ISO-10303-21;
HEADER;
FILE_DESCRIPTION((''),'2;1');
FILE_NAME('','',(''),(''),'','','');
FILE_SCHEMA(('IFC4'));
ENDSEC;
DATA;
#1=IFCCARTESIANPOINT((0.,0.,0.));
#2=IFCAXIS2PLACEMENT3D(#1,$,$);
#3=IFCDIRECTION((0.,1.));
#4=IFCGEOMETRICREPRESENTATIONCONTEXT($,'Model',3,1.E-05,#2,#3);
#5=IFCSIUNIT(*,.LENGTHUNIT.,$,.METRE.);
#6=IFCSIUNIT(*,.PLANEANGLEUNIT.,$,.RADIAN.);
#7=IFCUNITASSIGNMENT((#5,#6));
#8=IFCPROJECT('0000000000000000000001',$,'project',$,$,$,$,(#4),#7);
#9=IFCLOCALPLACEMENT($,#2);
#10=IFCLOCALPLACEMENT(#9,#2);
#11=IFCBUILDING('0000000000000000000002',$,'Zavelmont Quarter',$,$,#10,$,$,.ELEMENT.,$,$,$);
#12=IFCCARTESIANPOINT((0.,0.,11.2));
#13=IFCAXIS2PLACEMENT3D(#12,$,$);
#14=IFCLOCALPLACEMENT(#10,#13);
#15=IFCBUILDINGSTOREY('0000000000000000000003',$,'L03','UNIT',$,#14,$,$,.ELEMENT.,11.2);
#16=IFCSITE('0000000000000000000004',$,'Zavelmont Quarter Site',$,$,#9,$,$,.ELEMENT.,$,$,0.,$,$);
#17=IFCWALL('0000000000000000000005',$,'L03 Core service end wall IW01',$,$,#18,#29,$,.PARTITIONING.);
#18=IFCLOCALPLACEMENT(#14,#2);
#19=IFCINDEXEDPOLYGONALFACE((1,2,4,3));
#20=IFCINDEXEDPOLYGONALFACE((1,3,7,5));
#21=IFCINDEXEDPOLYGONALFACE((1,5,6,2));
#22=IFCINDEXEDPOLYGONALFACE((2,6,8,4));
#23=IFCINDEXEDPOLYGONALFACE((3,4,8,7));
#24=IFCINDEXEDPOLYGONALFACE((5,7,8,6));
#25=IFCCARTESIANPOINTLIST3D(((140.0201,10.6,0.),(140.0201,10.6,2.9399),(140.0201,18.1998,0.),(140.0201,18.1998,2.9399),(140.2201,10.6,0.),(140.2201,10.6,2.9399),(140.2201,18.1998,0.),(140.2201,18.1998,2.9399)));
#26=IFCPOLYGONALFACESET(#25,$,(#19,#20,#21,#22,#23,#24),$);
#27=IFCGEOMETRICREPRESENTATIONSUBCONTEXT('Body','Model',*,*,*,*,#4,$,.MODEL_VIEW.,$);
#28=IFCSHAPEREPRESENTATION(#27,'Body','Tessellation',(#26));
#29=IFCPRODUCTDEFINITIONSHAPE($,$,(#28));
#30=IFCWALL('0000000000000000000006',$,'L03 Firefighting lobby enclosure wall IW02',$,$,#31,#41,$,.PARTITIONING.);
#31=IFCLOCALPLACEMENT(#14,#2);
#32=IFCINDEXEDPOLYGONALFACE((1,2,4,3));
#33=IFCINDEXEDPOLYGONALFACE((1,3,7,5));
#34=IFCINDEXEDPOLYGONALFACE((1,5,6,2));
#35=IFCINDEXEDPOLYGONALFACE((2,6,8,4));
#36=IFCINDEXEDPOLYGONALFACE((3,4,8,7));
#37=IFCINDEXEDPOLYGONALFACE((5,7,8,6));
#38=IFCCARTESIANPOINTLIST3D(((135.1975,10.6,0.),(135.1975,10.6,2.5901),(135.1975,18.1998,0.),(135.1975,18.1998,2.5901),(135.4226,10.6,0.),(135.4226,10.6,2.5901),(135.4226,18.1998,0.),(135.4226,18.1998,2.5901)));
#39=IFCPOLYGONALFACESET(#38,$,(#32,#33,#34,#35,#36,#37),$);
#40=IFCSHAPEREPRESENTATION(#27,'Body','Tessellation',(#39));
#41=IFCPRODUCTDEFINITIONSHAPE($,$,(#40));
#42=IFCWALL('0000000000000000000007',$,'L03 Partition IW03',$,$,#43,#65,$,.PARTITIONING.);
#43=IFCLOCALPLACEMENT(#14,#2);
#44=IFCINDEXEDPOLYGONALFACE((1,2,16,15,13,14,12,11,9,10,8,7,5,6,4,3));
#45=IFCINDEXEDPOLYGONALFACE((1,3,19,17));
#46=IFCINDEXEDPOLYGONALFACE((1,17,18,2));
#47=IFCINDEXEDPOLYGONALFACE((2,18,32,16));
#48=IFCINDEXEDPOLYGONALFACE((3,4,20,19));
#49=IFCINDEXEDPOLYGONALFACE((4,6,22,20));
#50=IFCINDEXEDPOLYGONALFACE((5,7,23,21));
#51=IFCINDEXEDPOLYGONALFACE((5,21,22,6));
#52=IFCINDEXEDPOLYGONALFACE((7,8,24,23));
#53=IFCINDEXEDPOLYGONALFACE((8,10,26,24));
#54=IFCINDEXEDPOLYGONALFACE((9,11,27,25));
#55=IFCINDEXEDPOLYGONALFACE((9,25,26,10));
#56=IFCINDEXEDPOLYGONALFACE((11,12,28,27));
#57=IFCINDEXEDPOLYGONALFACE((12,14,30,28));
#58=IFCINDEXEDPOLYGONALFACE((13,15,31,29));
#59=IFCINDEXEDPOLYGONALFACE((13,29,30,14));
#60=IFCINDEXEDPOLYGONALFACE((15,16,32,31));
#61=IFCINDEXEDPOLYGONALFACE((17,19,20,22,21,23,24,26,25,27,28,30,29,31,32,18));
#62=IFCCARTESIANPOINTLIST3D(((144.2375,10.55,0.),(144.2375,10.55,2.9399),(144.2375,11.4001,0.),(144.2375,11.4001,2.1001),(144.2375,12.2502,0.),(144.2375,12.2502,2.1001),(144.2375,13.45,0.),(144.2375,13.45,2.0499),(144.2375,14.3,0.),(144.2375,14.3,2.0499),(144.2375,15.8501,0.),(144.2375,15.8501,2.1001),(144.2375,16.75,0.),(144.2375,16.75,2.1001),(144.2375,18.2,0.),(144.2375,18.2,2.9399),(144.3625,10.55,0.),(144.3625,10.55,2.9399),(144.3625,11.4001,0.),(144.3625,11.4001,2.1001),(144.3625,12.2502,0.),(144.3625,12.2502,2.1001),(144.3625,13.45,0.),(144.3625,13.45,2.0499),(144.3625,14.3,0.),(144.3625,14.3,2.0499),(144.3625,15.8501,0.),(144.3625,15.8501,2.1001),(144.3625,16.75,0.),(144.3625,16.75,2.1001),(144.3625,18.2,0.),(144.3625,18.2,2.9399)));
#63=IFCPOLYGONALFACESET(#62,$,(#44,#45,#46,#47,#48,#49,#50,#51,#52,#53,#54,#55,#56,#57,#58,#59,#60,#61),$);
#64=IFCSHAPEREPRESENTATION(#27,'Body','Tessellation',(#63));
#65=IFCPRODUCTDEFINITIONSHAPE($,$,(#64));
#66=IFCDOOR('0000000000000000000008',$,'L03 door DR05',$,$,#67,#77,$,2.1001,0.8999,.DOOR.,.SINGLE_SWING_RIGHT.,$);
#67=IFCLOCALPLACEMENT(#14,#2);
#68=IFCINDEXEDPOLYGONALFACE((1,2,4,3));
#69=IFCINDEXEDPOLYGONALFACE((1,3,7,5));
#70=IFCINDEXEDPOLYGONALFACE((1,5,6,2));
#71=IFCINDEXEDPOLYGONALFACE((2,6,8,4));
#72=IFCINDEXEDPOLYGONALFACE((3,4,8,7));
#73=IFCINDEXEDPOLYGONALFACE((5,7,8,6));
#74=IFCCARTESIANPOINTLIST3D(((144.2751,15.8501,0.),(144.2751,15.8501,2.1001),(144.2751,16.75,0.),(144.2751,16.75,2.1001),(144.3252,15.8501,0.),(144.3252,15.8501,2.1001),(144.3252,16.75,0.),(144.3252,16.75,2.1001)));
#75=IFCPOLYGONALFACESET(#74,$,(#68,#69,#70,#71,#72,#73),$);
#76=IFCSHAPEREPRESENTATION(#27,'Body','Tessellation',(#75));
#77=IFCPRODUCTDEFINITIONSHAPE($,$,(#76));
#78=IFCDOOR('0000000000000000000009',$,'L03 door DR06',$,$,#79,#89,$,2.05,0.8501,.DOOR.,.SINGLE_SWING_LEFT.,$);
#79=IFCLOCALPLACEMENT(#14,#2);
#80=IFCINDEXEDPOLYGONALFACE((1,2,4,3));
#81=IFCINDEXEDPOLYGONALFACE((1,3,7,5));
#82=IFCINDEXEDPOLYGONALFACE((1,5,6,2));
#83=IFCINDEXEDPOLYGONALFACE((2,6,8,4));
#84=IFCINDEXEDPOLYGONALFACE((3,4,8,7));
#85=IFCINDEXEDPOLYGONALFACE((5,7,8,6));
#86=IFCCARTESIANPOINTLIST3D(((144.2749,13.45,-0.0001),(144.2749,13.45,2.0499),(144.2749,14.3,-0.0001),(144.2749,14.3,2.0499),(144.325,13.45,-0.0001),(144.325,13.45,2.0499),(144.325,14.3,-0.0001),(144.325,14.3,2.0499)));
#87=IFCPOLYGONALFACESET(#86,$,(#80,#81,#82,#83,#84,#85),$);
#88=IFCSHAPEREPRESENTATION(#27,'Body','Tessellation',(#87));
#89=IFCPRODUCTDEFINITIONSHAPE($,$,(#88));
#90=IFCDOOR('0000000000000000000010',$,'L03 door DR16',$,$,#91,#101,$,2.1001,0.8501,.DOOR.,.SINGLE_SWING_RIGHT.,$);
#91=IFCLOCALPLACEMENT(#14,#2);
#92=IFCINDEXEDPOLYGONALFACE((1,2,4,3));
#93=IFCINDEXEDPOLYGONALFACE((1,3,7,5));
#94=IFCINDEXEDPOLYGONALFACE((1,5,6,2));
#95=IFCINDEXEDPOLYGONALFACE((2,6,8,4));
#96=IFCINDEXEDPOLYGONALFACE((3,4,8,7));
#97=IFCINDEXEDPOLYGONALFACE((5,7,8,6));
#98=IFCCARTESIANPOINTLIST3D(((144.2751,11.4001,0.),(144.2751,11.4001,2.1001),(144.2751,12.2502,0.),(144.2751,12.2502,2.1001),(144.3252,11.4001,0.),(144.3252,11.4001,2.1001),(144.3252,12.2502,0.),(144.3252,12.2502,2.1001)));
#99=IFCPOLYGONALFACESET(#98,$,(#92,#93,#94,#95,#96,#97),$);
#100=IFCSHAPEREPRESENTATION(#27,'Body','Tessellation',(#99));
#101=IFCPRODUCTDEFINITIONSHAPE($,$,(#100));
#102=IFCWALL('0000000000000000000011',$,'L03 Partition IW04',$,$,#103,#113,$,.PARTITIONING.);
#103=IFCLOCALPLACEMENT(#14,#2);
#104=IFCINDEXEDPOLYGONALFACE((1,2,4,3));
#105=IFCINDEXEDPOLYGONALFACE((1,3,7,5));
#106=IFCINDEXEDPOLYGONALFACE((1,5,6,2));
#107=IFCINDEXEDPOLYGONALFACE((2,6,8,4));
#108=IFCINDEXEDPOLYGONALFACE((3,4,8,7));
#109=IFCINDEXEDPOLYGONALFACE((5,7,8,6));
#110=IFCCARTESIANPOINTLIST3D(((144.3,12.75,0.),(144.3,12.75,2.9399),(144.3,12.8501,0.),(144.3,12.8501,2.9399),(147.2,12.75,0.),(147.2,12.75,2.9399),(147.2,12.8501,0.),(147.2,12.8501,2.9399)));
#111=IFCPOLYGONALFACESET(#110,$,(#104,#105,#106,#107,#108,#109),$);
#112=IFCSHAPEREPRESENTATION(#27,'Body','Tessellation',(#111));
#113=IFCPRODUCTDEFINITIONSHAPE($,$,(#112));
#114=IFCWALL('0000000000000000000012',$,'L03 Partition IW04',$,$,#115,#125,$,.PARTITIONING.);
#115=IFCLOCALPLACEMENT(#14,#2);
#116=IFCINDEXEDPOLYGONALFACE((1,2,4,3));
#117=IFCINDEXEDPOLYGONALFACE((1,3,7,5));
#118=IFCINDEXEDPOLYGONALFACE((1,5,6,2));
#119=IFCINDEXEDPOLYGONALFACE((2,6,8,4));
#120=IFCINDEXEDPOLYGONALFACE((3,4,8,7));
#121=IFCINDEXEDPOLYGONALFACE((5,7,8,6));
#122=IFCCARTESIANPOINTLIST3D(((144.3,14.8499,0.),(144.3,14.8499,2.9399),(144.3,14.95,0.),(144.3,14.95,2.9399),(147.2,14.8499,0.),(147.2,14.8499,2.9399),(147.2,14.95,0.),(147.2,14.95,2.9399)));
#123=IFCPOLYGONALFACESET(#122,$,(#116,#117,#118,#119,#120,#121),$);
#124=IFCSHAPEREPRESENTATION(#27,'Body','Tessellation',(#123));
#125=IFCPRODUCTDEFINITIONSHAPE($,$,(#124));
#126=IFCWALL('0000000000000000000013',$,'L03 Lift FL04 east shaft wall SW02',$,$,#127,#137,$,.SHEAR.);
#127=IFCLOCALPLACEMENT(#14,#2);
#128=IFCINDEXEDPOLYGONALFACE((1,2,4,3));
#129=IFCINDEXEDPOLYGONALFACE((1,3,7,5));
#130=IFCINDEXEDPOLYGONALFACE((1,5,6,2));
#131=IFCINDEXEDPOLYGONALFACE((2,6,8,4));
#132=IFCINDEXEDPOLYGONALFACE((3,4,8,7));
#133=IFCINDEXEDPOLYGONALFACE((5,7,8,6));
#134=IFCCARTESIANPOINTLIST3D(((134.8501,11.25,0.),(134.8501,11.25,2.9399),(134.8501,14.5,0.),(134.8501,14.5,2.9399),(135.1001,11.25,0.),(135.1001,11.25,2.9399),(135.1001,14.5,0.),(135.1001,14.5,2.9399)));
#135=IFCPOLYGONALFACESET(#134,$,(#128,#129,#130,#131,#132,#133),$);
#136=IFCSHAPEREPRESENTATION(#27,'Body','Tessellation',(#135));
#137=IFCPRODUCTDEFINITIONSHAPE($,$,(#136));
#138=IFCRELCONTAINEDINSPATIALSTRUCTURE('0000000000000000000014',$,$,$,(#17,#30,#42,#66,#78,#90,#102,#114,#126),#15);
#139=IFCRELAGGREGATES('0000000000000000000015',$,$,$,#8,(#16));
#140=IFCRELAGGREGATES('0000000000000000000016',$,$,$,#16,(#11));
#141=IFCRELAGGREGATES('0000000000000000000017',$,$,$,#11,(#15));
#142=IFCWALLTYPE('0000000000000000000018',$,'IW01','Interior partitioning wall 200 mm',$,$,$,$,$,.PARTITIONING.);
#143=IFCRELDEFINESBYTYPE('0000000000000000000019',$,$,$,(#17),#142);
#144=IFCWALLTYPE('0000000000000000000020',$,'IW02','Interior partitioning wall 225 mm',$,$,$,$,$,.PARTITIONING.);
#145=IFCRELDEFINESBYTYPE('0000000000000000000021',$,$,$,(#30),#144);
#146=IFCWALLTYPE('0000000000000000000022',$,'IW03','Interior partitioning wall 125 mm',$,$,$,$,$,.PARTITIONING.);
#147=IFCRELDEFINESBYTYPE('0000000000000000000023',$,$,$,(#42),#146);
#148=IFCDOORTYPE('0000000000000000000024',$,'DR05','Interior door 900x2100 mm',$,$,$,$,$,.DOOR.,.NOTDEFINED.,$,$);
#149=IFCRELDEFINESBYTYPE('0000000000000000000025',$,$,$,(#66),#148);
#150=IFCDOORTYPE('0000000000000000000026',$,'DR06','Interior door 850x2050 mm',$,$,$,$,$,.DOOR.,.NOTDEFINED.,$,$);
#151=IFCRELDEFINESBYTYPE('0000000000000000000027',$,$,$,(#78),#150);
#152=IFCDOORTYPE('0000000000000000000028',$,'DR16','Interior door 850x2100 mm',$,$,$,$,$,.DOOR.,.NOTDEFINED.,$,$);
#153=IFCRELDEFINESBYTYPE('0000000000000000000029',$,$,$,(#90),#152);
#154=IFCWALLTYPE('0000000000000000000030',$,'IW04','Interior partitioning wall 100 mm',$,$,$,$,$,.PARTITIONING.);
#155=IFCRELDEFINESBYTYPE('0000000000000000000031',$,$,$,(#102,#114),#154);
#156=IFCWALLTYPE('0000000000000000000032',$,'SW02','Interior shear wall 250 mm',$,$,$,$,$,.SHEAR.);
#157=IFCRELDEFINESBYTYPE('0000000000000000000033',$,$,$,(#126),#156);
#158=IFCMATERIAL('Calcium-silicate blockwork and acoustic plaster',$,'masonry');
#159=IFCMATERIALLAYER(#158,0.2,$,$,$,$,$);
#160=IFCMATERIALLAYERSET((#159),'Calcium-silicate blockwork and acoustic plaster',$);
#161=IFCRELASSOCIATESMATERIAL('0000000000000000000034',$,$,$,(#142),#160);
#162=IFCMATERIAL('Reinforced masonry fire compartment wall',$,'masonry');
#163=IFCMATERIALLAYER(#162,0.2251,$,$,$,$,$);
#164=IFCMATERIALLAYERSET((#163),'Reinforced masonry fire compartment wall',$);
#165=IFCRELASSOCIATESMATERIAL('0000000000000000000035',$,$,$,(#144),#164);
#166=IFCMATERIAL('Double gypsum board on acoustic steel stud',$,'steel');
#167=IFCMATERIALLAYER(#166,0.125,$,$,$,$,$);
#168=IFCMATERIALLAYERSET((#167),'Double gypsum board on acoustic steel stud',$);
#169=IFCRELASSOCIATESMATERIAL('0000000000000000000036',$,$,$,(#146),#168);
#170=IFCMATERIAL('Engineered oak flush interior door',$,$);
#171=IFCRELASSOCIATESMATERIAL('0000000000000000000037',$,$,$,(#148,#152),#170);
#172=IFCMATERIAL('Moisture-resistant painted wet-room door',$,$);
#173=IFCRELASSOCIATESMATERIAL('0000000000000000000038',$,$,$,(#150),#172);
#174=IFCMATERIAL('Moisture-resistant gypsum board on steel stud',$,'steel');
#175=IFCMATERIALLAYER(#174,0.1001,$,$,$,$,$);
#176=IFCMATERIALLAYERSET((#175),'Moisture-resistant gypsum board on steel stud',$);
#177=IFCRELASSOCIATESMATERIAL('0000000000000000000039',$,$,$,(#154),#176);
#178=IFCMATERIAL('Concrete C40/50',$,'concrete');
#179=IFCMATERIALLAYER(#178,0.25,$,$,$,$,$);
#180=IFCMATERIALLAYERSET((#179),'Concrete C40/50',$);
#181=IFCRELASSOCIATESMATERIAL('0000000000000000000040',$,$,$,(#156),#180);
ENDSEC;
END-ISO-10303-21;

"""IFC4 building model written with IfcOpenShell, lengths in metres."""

from ifc_helpers import new_model, si_unit, direction, frame, frame_2d, origin, origin_with_axes, place, context, subcontext, project, spatial, rectangle, extrude, material, layer, layer_set, type_object, element, fill, save


model = new_model("IFC4")

# Units and contexts
model_context = context("Model", 3, precision=1e-05, world=origin(), true_north=direction((0.0, 1.0)))
body_context = subcontext(model_context, "Body", "Model", "MODEL_VIEW")
ifc_project = project(units=[si_unit("LENGTHUNIT", "METRE"), si_unit("PLANEANGLEUNIT", "RADIAN")], contexts=[model_context])

# Site, building, storey
site_placement = place(None, origin())
site = spatial("IfcSite", under=ifc_project, at=site_placement, Name="Zavelmont Quarter Site", CompositionType="ELEMENT", RefElevation=0.0)
building_placement = place(site_placement, origin())
building = spatial("IfcBuilding", under=site, at=building_placement, Name="Zavelmont Quarter", CompositionType="ELEMENT")
storey_placement = place(building_placement, frame((0.0, 0.0, 11.2)))
storey = spatial("IfcBuildingStorey", under=building, at=storey_placement, Name="L03", Description="UNIT", CompositionType="ELEMENT", Elevation=11.2)

# Shared definitions
ifc_material_1 = material(Name="Concrete C40/50", Category="concrete")

# Walls
ifc_material_2 = material(Name="Calcium-silicate blockwork and acoustic plaster", Category="masonry")
ifc_layer_1 = layer(ifc_material_2, 0.2)
ifc_layer_set_1 = layer_set([ifc_layer_1], Name="Calcium-silicate blockwork and acoustic plaster")
wall_type_1 = type_object("IfcWallType", Name="IW01", Description="Interior partitioning wall 200 mm", PredefinedType="PARTITIONING", material=ifc_layer_set_1)
for number, where, z_axis, x_axis, name in (
    (1, (140.1201, 10.6001, 0.0), (0.0, 0.0, 1.0), (0.0, 1.0, 0.0), "L03 Core service end wall IW01"),
):
    element("IfcWall", number, at=place(storey_placement, frame(where, z_axis=z_axis, x_axis=x_axis)), inside=storey, type_object=wall_type_1, Name=name, PredefinedType="PARTITIONING", context=body_context, shape_type="SweptSolid", body=[
        extrude(rectangle(XDim=7.5999, YDim=0.2, at=frame_2d((3.7998, 0.0))), origin(), (0.0, 0.0, 1.0), 2.9399),
    ])
ifc_material_3 = material(Name="Reinforced masonry fire compartment wall", Category="masonry")
ifc_layer_2 = layer(ifc_material_3, 0.2251)
ifc_layer_set_2 = layer_set([ifc_layer_2], Name="Reinforced masonry fire compartment wall")
wall_type_2 = type_object("IfcWallType", Name="IW02", Description="Interior partitioning wall 225 mm", PredefinedType="PARTITIONING", material=ifc_layer_set_2)
wall_1_placement = place(storey_placement, frame((135.3101, 10.6001, 0.0), z_axis=(0.0, 0.0, 1.0), x_axis=(0.0, 1.0, 0.0)))
element("IfcWall", 2, at=wall_1_placement, inside=storey, type_object=wall_type_2, Name="L03 Firefighting lobby enclosure wall IW02", PredefinedType="PARTITIONING", context=body_context, shape_type="SweptSolid", body=[
    extrude(rectangle(XDim=7.5999, YDim=0.2251, at=frame_2d((3.7998, 0.0))), origin(), (0.0, 0.0, 1.0), 2.5901),
])

# Wall, openings, doors
ifc_material_4 = material(Name="Double gypsum board on acoustic steel stud", Category="steel")
ifc_layer_3 = layer(ifc_material_4, 0.125)
ifc_layer_set_3 = layer_set([ifc_layer_3], Name="Double gypsum board on acoustic steel stud")
wall_type_3 = type_object("IfcWallType", Name="IW03", Description="Interior partitioning wall 125 mm", PredefinedType="PARTITIONING", material=ifc_layer_set_3)
wall_2_placement = place(storey_placement, frame((144.3, 10.55, 0.0), z_axis=(0.0, 0.0, 1.0), x_axis=(0.0, 1.0, 0.0)))
wall_2 = element("IfcWall", 3, at=wall_2_placement, inside=storey, type_object=wall_type_3, Name="L03 Partition IW03", PredefinedType="PARTITIONING", context=body_context, shape_type="SweptSolid", body=[
    extrude(rectangle(XDim=7.6499, YDim=0.125, at=frame_2d((3.825, 0.0))), origin(), (0.0, 0.0, 1.0), 2.9399),
])
opening_1_placement = place(wall_2_placement, frame((0.8501, 0.0, 0.0)))
opening_1 = element("IfcOpeningElement", 4, at=opening_1_placement, cuts=wall_2, PredefinedType="OPENING", context=body_context, shape_type="SweptSolid", body=[
    extrude(rectangle(XDim=0.8501, YDim=2.1001, at=frame_2d((0.425, 1.05))), frame((0.0, 0.0745, 0.0), z_axis=(0.0, -1.0, 0.0), x_axis=(1.0, 0.0, 0.0)), (0.0, 0.0, 1.0), 0.1489),
])
opening_2_placement = place(wall_2_placement, frame((2.8999, 0.0, 0.0)))
opening_2 = element("IfcOpeningElement", 5, at=opening_2_placement, cuts=wall_2, PredefinedType="OPENING", context=body_context, shape_type="SweptSolid", body=[
    extrude(rectangle(XDim=0.8501, YDim=2.05, at=frame_2d((0.425, 1.0249))), frame((0.0, 0.0745, 0.0), z_axis=(0.0, -1.0, 0.0), x_axis=(1.0, 0.0, 0.0)), (0.0, 0.0, 1.0), 0.1489),
])
opening_3_placement = place(wall_2_placement, frame((5.3, 0.0, 0.0)))
opening_3 = element("IfcOpeningElement", 6, at=opening_3_placement, cuts=wall_2, PredefinedType="OPENING", context=body_context, shape_type="SweptSolid", body=[
    extrude(rectangle(XDim=0.8999, YDim=2.1001, at=frame_2d((0.45, 1.05))), frame((0.0, 0.0745, 0.0), z_axis=(0.0, -1.0, 0.0), x_axis=(1.0, 0.0, 0.0)), (0.0, 0.0, 1.0), 0.1489),
])
ifc_material_5 = material(Name="Engineered oak flush interior door")
door_type_1 = type_object("IfcDoorType", Name="DR05", Description="Interior door 900x2100 mm", OperationType="NOTDEFINED", PredefinedType="DOOR", material=ifc_material_5)
door_1_placement = place(opening_3_placement, origin_with_axes())
door_1 = element("IfcDoor", 7, at=door_1_placement, inside=storey, type_object=door_type_1, Name="L03 door DR05", OperationType="SINGLE_SWING_RIGHT", OverallHeight=2.1001, OverallWidth=0.8999, PredefinedType="DOOR", context=body_context, shape_type="SweptSolid", body=[
    extrude(rectangle(XDim=0.8999, YDim=2.1001, at=frame_2d((0.45, 1.05))), frame((0.0, 0.0249, 0.0), z_axis=(0.0, -1.0, 0.0), x_axis=(1.0, 0.0, 0.0)), (0.0, 0.0, 1.0), 0.05),
])
fill(opening_3, door_1)
ifc_material_6 = material(Name="Moisture-resistant painted wet-room door")
door_type_2 = type_object("IfcDoorType", Name="DR06", Description="Interior door 850x2050 mm", OperationType="NOTDEFINED", PredefinedType="DOOR", material=ifc_material_6)
door_2_placement = place(opening_2_placement, frame((0.8501, 0.0, 0.0), z_axis=(0.0, 0.0, 1.0), x_axis=(-1.0, 0.0, 0.0)))
door_2 = element("IfcDoor", 8, at=door_2_placement, inside=storey, type_object=door_type_2, Name="L03 door DR06", OperationType="SINGLE_SWING_LEFT", OverallHeight=2.05, OverallWidth=0.8501, PredefinedType="DOOR", context=body_context, shape_type="SweptSolid", body=[
    extrude(rectangle(XDim=0.8501, YDim=2.05, at=frame_2d((0.425, 1.0249))), frame((0.0, 0.0249, 0.0), z_axis=(0.0, -1.0, 0.0), x_axis=(1.0, 0.0, 0.0)), (0.0, 0.0, 1.0), 0.05),
])
fill(opening_2, door_2)
door_type_3 = type_object("IfcDoorType", Name="DR16", Description="Interior door 850x2100 mm", OperationType="NOTDEFINED", PredefinedType="DOOR", material=ifc_material_5)
door_3_placement = place(opening_1_placement, origin_with_axes())
door_3 = element("IfcDoor", 9, at=door_3_placement, inside=storey, type_object=door_type_3, Name="L03 door DR16", OperationType="SINGLE_SWING_RIGHT", OverallHeight=2.1001, OverallWidth=0.8501, PredefinedType="DOOR", context=body_context, shape_type="SweptSolid", body=[
    extrude(rectangle(XDim=0.8501, YDim=2.1001, at=frame_2d((0.425, 1.05))), frame((0.0, 0.0249, 0.0), z_axis=(0.0, -1.0, 0.0), x_axis=(1.0, 0.0, 0.0)), (0.0, 0.0, 1.0), 0.05),
])
fill(opening_1, door_3)

# Walls
ifc_material_7 = material(Name="Moisture-resistant gypsum board on steel stud", Category="steel")
ifc_layer_4 = layer(ifc_material_7, 0.1001)
ifc_layer_set_4 = layer_set([ifc_layer_4], Name="Moisture-resistant gypsum board on steel stud")
wall_type_4 = type_object("IfcWallType", Name="IW04", Description="Interior partitioning wall 100 mm", PredefinedType="PARTITIONING", material=ifc_layer_set_4)
for number, where, z_axis, x_axis, name in (
    (10, (144.3, 12.8, 0.0), (0.0, 0.0, 1.0), (1.0, 0.0, 0.0), "L03 Partition IW04"),
    (11, (144.3, 14.8999, 0.0), (0.0, 0.0, 1.0), (1.0, 0.0, 0.0), "L03 Partition IW04"),
):
    element("IfcWall", number, at=place(storey_placement, frame(where, z_axis=z_axis, x_axis=x_axis)), inside=storey, type_object=wall_type_4, Name=name, PredefinedType="PARTITIONING", context=body_context, shape_type="SweptSolid", body=[
        extrude(rectangle(XDim=2.8999, YDim=0.1001, at=frame_2d((1.45, 0.0))), origin(), (0.0, 0.0, 1.0), 2.9399),
    ])
ifc_layer_5 = layer(ifc_material_1, 0.25)
ifc_layer_set_5 = layer_set([ifc_layer_5], Name="Concrete C40/50")
wall_type_5 = type_object("IfcWallType", Name="SW02", Description="Interior shear wall 250 mm", PredefinedType="SHEAR", material=ifc_layer_set_5)
wall_3_placement = place(storey_placement, frame((134.9751, 11.25, 0.0), z_axis=(0.0, 0.0, 1.0), x_axis=(0.0, 1.0, 0.0)))
element("IfcWall", 12, at=wall_3_placement, inside=storey, type_object=wall_type_5, Name="L03 Lift FL04 east shaft wall SW02", PredefinedType="SHEAR", context=body_context, shape_type="SweptSolid", body=[
    extrude(rectangle(XDim=3.25, YDim=0.25, at=frame_2d((1.625, 0.0))), origin(), (0.0, 0.0, 1.0), 2.9399),
])

save(model, "model.ifc")
